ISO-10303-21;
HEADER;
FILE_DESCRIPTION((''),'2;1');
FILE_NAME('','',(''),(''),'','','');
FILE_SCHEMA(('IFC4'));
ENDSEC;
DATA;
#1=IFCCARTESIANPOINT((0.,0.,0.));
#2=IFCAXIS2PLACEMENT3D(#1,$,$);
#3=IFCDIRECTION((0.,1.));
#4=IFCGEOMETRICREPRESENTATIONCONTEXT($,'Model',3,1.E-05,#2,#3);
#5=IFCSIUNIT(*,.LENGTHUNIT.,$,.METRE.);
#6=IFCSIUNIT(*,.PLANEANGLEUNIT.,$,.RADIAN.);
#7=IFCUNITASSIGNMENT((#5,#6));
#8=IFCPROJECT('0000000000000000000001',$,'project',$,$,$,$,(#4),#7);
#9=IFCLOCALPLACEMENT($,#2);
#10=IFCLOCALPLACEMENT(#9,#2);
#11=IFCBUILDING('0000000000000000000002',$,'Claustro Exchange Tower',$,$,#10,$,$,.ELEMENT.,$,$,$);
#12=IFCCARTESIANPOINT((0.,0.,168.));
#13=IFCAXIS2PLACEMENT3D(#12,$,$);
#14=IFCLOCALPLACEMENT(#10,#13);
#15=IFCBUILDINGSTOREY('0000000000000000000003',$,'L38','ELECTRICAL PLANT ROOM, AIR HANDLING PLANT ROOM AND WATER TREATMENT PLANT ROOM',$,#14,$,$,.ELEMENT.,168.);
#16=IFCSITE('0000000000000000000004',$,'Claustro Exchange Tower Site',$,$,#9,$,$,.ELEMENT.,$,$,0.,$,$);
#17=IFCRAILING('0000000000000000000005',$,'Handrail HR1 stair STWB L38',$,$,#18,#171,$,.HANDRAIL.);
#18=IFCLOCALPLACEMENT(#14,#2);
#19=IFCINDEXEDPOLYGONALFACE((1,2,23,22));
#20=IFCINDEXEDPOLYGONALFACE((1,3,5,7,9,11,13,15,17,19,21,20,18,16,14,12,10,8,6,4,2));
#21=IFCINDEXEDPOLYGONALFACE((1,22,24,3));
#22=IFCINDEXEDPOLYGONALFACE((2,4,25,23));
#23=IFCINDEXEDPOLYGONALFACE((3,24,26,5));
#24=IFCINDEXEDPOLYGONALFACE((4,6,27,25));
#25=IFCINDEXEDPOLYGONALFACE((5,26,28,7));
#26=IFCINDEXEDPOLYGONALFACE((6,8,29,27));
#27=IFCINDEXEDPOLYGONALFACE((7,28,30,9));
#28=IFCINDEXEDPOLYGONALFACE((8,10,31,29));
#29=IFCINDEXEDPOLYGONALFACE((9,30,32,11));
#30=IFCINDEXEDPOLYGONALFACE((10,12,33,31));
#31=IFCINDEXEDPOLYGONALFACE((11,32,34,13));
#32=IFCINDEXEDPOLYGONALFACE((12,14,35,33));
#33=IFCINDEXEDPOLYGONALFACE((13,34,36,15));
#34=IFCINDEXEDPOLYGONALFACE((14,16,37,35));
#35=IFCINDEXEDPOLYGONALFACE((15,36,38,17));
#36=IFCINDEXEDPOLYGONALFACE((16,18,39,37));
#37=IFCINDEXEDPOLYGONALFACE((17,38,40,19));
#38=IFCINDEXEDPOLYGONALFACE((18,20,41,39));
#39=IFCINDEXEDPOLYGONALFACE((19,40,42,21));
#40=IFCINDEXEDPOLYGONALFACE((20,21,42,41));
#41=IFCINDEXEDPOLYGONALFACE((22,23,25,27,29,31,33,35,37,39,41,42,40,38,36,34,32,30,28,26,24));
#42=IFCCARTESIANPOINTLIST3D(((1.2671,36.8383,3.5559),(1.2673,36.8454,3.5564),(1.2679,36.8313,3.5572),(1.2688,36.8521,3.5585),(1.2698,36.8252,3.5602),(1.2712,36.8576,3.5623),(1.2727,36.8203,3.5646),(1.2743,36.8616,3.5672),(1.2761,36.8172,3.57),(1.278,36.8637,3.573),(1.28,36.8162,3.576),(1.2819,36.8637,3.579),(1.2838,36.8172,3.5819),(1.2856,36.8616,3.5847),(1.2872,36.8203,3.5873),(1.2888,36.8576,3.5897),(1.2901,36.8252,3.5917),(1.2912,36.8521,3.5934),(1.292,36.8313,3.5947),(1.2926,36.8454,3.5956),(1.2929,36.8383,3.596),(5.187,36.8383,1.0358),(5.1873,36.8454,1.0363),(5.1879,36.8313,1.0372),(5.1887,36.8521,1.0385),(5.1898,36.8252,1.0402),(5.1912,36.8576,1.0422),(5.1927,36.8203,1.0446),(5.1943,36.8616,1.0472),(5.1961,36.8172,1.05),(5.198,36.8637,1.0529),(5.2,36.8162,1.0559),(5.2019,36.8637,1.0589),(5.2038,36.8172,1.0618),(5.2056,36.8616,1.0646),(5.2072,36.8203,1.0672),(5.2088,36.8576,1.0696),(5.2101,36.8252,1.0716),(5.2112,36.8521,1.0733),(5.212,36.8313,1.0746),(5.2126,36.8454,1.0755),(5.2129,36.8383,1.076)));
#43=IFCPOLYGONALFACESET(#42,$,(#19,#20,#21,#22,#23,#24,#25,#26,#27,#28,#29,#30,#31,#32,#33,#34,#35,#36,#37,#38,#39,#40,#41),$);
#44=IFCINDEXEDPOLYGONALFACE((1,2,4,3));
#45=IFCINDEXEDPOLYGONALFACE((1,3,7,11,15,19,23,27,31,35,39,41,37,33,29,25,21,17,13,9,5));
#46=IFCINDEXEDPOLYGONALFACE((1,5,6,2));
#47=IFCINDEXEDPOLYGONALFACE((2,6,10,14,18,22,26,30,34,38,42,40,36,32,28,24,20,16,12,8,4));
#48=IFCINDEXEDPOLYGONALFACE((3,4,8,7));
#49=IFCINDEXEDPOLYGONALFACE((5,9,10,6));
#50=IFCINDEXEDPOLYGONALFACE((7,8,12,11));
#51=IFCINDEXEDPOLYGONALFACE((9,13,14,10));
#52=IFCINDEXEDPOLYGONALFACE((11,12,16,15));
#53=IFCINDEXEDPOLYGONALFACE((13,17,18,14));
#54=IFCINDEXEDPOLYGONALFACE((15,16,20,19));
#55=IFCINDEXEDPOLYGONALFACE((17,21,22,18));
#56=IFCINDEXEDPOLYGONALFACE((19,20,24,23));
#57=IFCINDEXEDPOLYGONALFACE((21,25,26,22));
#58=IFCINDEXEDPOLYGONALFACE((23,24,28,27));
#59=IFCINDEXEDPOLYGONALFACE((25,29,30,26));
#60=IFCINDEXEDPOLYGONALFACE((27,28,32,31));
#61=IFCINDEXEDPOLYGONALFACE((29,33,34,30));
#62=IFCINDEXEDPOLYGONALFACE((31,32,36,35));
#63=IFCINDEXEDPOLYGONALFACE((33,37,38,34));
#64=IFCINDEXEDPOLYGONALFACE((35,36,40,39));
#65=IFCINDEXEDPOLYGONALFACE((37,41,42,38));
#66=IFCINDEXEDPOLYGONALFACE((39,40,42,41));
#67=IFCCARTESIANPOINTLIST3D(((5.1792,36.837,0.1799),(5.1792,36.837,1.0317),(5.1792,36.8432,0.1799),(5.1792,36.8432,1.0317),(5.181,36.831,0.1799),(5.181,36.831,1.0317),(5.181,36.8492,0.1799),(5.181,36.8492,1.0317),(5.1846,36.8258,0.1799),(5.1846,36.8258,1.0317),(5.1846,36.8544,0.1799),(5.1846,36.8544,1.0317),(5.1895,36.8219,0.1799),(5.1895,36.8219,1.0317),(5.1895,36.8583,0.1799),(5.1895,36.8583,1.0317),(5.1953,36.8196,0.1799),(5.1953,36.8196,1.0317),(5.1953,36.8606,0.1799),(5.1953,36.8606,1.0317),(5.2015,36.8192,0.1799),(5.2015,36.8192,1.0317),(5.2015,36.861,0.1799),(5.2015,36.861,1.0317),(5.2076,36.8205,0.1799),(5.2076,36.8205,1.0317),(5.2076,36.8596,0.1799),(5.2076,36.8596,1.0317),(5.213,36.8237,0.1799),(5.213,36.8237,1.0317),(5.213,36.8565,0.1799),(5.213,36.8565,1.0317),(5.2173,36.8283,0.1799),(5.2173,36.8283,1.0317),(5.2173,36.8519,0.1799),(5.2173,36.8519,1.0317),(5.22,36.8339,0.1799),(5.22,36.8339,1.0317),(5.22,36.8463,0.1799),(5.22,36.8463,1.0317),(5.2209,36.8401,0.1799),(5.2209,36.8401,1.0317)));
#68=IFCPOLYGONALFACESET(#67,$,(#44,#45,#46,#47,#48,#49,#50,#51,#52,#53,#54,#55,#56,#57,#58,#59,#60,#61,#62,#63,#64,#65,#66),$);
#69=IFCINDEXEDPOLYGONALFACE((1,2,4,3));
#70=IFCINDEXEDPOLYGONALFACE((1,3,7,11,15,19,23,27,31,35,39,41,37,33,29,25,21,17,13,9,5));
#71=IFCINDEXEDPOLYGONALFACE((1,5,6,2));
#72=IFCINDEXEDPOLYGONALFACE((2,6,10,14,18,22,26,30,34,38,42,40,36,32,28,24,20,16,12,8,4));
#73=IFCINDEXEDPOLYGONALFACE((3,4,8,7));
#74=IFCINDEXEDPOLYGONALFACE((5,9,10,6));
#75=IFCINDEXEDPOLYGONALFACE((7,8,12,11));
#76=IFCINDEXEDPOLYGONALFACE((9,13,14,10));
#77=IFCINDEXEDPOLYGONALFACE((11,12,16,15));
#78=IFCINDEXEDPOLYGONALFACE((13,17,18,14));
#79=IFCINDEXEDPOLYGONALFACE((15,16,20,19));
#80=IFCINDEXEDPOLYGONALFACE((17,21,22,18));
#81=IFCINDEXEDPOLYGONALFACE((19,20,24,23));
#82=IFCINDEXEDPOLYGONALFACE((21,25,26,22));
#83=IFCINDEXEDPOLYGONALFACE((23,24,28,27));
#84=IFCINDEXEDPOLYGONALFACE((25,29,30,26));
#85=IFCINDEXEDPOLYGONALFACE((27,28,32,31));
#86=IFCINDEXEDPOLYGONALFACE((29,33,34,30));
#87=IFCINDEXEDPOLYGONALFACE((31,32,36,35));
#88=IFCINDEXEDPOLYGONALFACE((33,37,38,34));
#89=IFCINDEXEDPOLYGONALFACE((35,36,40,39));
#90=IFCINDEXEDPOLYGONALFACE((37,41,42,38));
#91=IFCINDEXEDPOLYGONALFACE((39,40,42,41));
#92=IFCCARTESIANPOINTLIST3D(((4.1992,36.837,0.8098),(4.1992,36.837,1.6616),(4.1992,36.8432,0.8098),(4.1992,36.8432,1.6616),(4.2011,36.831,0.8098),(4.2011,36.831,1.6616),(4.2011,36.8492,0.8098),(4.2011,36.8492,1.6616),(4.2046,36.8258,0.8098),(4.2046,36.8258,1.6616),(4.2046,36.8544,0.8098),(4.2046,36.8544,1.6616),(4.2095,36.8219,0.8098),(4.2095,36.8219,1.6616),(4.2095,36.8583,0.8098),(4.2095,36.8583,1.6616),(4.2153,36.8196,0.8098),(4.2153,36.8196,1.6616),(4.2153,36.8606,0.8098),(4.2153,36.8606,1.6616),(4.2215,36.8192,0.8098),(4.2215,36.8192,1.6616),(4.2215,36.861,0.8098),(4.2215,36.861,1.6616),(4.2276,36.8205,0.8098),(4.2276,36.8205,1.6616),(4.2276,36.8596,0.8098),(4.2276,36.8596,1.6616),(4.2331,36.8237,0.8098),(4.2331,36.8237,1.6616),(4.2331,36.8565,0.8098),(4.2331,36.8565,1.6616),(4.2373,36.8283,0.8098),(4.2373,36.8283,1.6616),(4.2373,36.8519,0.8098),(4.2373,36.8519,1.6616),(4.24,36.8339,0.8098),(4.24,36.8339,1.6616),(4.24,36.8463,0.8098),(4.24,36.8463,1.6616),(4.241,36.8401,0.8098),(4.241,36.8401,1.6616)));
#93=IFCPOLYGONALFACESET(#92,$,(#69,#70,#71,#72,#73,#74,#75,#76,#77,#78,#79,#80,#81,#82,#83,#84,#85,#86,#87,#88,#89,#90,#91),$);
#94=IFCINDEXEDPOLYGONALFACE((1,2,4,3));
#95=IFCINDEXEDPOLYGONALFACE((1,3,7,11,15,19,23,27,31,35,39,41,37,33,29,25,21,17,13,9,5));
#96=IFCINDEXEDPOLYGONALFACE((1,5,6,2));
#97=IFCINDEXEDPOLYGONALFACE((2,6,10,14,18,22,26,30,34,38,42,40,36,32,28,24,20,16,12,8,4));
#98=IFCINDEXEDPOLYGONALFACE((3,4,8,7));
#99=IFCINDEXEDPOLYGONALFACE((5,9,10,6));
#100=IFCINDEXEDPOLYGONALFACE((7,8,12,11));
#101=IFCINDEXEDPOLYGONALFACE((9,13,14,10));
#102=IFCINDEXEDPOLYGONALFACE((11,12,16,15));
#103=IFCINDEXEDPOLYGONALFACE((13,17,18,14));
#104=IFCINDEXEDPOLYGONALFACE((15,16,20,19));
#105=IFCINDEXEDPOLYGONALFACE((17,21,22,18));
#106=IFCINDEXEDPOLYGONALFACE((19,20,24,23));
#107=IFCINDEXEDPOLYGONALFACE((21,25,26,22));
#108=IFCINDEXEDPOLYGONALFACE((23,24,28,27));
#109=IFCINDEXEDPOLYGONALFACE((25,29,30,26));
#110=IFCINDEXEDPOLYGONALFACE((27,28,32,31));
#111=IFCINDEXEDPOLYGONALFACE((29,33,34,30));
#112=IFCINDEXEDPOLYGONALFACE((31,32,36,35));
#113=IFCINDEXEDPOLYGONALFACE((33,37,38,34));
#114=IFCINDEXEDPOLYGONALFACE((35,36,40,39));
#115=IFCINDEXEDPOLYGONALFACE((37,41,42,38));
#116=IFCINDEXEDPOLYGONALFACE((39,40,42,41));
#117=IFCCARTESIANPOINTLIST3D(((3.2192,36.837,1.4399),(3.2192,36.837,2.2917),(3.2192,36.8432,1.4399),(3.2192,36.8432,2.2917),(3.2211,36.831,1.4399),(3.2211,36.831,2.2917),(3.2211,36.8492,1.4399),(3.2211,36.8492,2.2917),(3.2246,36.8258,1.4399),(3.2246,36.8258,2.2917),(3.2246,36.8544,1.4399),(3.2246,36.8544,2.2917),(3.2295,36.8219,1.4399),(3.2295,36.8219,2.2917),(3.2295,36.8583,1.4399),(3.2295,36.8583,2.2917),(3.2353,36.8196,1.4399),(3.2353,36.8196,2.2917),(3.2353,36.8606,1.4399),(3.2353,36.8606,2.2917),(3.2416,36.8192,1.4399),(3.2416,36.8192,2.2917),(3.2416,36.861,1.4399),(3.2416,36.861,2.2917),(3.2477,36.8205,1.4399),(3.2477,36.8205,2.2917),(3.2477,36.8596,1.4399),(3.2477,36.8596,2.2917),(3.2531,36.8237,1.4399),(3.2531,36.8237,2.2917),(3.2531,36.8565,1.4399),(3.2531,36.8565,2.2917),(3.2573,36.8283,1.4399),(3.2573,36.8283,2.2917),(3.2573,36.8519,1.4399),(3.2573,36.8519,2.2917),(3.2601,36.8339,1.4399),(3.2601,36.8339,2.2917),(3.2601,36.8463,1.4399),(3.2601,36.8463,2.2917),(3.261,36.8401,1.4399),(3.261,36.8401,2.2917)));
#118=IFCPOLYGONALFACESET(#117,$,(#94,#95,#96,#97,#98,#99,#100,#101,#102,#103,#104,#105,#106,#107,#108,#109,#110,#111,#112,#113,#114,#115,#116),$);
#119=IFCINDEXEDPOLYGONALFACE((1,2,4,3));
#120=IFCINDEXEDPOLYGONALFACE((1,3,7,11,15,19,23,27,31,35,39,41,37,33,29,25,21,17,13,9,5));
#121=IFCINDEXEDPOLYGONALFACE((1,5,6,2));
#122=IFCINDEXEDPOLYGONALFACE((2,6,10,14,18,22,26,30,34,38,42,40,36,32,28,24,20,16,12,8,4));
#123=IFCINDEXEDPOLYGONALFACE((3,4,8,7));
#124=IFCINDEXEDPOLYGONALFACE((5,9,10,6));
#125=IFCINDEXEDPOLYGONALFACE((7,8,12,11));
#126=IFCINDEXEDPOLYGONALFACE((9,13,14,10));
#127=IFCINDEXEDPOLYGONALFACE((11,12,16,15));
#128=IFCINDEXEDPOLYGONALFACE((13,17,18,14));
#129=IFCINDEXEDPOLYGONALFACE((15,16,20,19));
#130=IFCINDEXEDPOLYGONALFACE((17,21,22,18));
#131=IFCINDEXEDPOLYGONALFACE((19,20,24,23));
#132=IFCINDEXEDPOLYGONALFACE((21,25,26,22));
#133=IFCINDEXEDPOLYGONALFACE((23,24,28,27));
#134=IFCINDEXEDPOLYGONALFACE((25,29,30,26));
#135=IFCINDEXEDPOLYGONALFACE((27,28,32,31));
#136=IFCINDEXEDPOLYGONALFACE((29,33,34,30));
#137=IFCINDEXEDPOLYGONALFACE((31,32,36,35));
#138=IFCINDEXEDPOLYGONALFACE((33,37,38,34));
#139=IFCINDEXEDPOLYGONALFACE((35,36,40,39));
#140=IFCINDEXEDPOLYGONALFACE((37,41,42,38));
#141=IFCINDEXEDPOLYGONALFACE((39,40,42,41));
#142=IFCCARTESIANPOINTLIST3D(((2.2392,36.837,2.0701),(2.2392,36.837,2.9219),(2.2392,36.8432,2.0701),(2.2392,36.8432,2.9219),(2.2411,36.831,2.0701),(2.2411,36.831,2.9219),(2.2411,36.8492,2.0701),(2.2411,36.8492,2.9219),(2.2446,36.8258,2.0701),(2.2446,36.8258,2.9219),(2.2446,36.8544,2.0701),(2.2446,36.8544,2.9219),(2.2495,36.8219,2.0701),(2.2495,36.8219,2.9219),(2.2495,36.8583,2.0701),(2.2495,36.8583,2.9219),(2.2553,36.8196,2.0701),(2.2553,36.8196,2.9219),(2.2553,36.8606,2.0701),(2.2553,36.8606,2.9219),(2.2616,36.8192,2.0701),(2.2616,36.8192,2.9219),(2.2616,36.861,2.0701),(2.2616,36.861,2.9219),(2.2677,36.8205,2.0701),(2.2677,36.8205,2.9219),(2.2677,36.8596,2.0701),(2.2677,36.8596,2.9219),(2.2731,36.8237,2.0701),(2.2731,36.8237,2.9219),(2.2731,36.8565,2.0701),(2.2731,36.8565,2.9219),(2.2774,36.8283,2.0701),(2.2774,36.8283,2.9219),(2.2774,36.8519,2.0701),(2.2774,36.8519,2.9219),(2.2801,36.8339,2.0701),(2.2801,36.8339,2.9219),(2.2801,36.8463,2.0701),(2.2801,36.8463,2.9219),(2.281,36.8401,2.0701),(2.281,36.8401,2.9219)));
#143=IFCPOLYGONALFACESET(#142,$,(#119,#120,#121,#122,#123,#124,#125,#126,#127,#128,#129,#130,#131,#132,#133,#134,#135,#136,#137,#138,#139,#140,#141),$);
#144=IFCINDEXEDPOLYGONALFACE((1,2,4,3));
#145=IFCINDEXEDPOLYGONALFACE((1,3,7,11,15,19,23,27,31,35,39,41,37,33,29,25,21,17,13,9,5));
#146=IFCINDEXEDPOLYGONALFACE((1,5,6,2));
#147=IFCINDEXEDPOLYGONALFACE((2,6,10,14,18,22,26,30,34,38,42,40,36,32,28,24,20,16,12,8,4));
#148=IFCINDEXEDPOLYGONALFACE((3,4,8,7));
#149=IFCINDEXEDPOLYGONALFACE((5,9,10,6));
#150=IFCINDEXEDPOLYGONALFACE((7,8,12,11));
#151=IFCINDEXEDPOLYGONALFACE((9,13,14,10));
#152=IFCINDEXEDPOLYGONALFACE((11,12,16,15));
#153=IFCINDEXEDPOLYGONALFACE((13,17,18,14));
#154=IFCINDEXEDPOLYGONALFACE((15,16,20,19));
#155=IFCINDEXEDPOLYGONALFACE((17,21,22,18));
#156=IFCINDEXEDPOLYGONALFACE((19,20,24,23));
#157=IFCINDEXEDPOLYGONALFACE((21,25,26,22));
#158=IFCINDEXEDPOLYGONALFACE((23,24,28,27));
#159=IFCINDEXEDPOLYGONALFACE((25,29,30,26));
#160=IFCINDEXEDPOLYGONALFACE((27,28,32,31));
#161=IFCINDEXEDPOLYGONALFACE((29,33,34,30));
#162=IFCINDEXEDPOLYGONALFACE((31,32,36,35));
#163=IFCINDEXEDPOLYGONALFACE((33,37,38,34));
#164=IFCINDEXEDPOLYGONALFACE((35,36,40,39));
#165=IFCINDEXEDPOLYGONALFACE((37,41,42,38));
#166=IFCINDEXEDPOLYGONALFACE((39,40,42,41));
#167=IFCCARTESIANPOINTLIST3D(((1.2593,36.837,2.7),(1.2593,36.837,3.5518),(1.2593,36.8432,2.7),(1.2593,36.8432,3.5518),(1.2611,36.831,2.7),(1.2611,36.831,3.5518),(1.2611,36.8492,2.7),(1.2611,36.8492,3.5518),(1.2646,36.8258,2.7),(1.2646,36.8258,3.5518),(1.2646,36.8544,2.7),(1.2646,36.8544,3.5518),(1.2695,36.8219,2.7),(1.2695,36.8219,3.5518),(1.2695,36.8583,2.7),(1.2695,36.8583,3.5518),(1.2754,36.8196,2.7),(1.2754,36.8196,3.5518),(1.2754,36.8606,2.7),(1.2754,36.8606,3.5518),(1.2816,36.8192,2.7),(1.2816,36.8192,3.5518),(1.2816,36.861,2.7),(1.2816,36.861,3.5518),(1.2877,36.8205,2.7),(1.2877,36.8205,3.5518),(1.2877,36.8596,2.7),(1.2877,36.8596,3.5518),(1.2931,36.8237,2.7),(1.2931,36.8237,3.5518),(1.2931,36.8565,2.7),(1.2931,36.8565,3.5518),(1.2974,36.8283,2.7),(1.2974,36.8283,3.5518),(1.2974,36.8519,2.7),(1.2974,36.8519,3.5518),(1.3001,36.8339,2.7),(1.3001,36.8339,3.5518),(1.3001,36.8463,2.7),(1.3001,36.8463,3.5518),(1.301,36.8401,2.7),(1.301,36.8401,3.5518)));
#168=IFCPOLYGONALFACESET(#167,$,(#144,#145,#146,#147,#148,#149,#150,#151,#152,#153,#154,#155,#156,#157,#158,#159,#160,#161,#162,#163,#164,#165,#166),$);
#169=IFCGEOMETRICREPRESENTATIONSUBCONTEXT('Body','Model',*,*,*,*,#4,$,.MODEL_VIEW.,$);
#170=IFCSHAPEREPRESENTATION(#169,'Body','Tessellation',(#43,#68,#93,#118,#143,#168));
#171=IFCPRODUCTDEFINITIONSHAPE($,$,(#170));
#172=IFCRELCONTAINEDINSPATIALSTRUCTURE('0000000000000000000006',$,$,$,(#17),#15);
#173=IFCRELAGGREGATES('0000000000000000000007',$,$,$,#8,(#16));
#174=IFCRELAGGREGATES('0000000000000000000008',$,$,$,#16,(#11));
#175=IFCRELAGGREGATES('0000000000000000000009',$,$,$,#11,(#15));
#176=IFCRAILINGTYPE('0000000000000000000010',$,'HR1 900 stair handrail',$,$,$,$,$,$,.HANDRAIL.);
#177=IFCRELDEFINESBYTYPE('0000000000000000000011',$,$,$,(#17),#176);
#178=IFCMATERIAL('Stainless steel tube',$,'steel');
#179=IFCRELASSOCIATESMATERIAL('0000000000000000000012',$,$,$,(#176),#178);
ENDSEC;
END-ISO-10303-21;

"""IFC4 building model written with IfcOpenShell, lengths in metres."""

from ifc_helpers import new_model, si_unit, direction, frame, origin, origin_2d, place, context, subcontext, project, spatial, circle, extrude, material, type_object, element, save


model = new_model("IFC4")

# Units and contexts
model_context = context("Model", 3, precision=1e-05, world=origin(), true_north=direction((0.0, 1.0)))
body_context = subcontext(model_context, "Body", "Model", "MODEL_VIEW")
ifc_project = project(units=[si_unit("LENGTHUNIT", "METRE"), si_unit("PLANEANGLEUNIT", "RADIAN")], contexts=[model_context])

# Site, building, storey
site_placement = place(None, origin())
site = spatial("IfcSite", under=ifc_project, at=site_placement, Name="Claustro Exchange Tower Site", CompositionType="ELEMENT", RefElevation=0.0)
building_placement = place(site_placement, origin())
building = spatial("IfcBuilding", under=site, at=building_placement, Name="Claustro Exchange Tower", CompositionType="ELEMENT")
storey_placement = place(building_placement, frame((0.0, 0.0, 168.0)))
storey = spatial("IfcBuildingStorey", under=building, at=storey_placement, Name="L38", Description="ELECTRICAL PLANT ROOM, AIR HANDLING PLANT ROOM AND WATER TREATMENT PLANT ROOM", CompositionType="ELEMENT", Elevation=168.0)

# Railing
ifc_material_1 = material(Name="Stainless steel tube", Category="steel")
railing_type_1 = type_object("IfcRailingType", Name="HR1 900 stair handrail", PredefinedType="HANDRAIL", material=ifc_material_1)
railing_1_placement = place(storey_placement, frame((5.2, 36.8401, 0.1799)))
element("IfcRailing", 1, at=railing_1_placement, inside=storey, type_object=railing_type_1, Name="Handrail HR1 stair STWB L38", PredefinedType="HANDRAIL", context=body_context, shape_type="SweptSolid", body=[
    extrude(circle(Radius=0.0239, at=origin_2d()), frame((0.0, 0.0, 0.876), z_axis=(-0.841172, 0.0, 0.540768), x_axis=(0.0, -1.0, 0.0)), (0.0, 0.0, 1.0), 4.6602),
    extrude(circle(Radius=0.021, at=origin_2d()), origin(), (0.0, 0.0, 1.0), 0.8518),
    extrude(circle(Radius=0.021, at=origin_2d()), frame((-0.98, 0.0, 0.6299)), (0.0, 0.0, 1.0), 0.8518),
    extrude(circle(Radius=0.021, at=origin_2d()), frame((-1.96, 0.0, 1.26)), (0.0, 0.0, 1.0), 0.8518),
    extrude(circle(Radius=0.021, at=origin_2d()), frame((-2.9399, 0.0, 1.8901)), (0.0, 0.0, 1.0), 0.8518),
    extrude(circle(Radius=0.021, at=origin_2d()), frame((-3.9199, 0.0, 2.52)), (0.0, 0.0, 1.0), 0.8518),
])

save(model, "model.ifc")
